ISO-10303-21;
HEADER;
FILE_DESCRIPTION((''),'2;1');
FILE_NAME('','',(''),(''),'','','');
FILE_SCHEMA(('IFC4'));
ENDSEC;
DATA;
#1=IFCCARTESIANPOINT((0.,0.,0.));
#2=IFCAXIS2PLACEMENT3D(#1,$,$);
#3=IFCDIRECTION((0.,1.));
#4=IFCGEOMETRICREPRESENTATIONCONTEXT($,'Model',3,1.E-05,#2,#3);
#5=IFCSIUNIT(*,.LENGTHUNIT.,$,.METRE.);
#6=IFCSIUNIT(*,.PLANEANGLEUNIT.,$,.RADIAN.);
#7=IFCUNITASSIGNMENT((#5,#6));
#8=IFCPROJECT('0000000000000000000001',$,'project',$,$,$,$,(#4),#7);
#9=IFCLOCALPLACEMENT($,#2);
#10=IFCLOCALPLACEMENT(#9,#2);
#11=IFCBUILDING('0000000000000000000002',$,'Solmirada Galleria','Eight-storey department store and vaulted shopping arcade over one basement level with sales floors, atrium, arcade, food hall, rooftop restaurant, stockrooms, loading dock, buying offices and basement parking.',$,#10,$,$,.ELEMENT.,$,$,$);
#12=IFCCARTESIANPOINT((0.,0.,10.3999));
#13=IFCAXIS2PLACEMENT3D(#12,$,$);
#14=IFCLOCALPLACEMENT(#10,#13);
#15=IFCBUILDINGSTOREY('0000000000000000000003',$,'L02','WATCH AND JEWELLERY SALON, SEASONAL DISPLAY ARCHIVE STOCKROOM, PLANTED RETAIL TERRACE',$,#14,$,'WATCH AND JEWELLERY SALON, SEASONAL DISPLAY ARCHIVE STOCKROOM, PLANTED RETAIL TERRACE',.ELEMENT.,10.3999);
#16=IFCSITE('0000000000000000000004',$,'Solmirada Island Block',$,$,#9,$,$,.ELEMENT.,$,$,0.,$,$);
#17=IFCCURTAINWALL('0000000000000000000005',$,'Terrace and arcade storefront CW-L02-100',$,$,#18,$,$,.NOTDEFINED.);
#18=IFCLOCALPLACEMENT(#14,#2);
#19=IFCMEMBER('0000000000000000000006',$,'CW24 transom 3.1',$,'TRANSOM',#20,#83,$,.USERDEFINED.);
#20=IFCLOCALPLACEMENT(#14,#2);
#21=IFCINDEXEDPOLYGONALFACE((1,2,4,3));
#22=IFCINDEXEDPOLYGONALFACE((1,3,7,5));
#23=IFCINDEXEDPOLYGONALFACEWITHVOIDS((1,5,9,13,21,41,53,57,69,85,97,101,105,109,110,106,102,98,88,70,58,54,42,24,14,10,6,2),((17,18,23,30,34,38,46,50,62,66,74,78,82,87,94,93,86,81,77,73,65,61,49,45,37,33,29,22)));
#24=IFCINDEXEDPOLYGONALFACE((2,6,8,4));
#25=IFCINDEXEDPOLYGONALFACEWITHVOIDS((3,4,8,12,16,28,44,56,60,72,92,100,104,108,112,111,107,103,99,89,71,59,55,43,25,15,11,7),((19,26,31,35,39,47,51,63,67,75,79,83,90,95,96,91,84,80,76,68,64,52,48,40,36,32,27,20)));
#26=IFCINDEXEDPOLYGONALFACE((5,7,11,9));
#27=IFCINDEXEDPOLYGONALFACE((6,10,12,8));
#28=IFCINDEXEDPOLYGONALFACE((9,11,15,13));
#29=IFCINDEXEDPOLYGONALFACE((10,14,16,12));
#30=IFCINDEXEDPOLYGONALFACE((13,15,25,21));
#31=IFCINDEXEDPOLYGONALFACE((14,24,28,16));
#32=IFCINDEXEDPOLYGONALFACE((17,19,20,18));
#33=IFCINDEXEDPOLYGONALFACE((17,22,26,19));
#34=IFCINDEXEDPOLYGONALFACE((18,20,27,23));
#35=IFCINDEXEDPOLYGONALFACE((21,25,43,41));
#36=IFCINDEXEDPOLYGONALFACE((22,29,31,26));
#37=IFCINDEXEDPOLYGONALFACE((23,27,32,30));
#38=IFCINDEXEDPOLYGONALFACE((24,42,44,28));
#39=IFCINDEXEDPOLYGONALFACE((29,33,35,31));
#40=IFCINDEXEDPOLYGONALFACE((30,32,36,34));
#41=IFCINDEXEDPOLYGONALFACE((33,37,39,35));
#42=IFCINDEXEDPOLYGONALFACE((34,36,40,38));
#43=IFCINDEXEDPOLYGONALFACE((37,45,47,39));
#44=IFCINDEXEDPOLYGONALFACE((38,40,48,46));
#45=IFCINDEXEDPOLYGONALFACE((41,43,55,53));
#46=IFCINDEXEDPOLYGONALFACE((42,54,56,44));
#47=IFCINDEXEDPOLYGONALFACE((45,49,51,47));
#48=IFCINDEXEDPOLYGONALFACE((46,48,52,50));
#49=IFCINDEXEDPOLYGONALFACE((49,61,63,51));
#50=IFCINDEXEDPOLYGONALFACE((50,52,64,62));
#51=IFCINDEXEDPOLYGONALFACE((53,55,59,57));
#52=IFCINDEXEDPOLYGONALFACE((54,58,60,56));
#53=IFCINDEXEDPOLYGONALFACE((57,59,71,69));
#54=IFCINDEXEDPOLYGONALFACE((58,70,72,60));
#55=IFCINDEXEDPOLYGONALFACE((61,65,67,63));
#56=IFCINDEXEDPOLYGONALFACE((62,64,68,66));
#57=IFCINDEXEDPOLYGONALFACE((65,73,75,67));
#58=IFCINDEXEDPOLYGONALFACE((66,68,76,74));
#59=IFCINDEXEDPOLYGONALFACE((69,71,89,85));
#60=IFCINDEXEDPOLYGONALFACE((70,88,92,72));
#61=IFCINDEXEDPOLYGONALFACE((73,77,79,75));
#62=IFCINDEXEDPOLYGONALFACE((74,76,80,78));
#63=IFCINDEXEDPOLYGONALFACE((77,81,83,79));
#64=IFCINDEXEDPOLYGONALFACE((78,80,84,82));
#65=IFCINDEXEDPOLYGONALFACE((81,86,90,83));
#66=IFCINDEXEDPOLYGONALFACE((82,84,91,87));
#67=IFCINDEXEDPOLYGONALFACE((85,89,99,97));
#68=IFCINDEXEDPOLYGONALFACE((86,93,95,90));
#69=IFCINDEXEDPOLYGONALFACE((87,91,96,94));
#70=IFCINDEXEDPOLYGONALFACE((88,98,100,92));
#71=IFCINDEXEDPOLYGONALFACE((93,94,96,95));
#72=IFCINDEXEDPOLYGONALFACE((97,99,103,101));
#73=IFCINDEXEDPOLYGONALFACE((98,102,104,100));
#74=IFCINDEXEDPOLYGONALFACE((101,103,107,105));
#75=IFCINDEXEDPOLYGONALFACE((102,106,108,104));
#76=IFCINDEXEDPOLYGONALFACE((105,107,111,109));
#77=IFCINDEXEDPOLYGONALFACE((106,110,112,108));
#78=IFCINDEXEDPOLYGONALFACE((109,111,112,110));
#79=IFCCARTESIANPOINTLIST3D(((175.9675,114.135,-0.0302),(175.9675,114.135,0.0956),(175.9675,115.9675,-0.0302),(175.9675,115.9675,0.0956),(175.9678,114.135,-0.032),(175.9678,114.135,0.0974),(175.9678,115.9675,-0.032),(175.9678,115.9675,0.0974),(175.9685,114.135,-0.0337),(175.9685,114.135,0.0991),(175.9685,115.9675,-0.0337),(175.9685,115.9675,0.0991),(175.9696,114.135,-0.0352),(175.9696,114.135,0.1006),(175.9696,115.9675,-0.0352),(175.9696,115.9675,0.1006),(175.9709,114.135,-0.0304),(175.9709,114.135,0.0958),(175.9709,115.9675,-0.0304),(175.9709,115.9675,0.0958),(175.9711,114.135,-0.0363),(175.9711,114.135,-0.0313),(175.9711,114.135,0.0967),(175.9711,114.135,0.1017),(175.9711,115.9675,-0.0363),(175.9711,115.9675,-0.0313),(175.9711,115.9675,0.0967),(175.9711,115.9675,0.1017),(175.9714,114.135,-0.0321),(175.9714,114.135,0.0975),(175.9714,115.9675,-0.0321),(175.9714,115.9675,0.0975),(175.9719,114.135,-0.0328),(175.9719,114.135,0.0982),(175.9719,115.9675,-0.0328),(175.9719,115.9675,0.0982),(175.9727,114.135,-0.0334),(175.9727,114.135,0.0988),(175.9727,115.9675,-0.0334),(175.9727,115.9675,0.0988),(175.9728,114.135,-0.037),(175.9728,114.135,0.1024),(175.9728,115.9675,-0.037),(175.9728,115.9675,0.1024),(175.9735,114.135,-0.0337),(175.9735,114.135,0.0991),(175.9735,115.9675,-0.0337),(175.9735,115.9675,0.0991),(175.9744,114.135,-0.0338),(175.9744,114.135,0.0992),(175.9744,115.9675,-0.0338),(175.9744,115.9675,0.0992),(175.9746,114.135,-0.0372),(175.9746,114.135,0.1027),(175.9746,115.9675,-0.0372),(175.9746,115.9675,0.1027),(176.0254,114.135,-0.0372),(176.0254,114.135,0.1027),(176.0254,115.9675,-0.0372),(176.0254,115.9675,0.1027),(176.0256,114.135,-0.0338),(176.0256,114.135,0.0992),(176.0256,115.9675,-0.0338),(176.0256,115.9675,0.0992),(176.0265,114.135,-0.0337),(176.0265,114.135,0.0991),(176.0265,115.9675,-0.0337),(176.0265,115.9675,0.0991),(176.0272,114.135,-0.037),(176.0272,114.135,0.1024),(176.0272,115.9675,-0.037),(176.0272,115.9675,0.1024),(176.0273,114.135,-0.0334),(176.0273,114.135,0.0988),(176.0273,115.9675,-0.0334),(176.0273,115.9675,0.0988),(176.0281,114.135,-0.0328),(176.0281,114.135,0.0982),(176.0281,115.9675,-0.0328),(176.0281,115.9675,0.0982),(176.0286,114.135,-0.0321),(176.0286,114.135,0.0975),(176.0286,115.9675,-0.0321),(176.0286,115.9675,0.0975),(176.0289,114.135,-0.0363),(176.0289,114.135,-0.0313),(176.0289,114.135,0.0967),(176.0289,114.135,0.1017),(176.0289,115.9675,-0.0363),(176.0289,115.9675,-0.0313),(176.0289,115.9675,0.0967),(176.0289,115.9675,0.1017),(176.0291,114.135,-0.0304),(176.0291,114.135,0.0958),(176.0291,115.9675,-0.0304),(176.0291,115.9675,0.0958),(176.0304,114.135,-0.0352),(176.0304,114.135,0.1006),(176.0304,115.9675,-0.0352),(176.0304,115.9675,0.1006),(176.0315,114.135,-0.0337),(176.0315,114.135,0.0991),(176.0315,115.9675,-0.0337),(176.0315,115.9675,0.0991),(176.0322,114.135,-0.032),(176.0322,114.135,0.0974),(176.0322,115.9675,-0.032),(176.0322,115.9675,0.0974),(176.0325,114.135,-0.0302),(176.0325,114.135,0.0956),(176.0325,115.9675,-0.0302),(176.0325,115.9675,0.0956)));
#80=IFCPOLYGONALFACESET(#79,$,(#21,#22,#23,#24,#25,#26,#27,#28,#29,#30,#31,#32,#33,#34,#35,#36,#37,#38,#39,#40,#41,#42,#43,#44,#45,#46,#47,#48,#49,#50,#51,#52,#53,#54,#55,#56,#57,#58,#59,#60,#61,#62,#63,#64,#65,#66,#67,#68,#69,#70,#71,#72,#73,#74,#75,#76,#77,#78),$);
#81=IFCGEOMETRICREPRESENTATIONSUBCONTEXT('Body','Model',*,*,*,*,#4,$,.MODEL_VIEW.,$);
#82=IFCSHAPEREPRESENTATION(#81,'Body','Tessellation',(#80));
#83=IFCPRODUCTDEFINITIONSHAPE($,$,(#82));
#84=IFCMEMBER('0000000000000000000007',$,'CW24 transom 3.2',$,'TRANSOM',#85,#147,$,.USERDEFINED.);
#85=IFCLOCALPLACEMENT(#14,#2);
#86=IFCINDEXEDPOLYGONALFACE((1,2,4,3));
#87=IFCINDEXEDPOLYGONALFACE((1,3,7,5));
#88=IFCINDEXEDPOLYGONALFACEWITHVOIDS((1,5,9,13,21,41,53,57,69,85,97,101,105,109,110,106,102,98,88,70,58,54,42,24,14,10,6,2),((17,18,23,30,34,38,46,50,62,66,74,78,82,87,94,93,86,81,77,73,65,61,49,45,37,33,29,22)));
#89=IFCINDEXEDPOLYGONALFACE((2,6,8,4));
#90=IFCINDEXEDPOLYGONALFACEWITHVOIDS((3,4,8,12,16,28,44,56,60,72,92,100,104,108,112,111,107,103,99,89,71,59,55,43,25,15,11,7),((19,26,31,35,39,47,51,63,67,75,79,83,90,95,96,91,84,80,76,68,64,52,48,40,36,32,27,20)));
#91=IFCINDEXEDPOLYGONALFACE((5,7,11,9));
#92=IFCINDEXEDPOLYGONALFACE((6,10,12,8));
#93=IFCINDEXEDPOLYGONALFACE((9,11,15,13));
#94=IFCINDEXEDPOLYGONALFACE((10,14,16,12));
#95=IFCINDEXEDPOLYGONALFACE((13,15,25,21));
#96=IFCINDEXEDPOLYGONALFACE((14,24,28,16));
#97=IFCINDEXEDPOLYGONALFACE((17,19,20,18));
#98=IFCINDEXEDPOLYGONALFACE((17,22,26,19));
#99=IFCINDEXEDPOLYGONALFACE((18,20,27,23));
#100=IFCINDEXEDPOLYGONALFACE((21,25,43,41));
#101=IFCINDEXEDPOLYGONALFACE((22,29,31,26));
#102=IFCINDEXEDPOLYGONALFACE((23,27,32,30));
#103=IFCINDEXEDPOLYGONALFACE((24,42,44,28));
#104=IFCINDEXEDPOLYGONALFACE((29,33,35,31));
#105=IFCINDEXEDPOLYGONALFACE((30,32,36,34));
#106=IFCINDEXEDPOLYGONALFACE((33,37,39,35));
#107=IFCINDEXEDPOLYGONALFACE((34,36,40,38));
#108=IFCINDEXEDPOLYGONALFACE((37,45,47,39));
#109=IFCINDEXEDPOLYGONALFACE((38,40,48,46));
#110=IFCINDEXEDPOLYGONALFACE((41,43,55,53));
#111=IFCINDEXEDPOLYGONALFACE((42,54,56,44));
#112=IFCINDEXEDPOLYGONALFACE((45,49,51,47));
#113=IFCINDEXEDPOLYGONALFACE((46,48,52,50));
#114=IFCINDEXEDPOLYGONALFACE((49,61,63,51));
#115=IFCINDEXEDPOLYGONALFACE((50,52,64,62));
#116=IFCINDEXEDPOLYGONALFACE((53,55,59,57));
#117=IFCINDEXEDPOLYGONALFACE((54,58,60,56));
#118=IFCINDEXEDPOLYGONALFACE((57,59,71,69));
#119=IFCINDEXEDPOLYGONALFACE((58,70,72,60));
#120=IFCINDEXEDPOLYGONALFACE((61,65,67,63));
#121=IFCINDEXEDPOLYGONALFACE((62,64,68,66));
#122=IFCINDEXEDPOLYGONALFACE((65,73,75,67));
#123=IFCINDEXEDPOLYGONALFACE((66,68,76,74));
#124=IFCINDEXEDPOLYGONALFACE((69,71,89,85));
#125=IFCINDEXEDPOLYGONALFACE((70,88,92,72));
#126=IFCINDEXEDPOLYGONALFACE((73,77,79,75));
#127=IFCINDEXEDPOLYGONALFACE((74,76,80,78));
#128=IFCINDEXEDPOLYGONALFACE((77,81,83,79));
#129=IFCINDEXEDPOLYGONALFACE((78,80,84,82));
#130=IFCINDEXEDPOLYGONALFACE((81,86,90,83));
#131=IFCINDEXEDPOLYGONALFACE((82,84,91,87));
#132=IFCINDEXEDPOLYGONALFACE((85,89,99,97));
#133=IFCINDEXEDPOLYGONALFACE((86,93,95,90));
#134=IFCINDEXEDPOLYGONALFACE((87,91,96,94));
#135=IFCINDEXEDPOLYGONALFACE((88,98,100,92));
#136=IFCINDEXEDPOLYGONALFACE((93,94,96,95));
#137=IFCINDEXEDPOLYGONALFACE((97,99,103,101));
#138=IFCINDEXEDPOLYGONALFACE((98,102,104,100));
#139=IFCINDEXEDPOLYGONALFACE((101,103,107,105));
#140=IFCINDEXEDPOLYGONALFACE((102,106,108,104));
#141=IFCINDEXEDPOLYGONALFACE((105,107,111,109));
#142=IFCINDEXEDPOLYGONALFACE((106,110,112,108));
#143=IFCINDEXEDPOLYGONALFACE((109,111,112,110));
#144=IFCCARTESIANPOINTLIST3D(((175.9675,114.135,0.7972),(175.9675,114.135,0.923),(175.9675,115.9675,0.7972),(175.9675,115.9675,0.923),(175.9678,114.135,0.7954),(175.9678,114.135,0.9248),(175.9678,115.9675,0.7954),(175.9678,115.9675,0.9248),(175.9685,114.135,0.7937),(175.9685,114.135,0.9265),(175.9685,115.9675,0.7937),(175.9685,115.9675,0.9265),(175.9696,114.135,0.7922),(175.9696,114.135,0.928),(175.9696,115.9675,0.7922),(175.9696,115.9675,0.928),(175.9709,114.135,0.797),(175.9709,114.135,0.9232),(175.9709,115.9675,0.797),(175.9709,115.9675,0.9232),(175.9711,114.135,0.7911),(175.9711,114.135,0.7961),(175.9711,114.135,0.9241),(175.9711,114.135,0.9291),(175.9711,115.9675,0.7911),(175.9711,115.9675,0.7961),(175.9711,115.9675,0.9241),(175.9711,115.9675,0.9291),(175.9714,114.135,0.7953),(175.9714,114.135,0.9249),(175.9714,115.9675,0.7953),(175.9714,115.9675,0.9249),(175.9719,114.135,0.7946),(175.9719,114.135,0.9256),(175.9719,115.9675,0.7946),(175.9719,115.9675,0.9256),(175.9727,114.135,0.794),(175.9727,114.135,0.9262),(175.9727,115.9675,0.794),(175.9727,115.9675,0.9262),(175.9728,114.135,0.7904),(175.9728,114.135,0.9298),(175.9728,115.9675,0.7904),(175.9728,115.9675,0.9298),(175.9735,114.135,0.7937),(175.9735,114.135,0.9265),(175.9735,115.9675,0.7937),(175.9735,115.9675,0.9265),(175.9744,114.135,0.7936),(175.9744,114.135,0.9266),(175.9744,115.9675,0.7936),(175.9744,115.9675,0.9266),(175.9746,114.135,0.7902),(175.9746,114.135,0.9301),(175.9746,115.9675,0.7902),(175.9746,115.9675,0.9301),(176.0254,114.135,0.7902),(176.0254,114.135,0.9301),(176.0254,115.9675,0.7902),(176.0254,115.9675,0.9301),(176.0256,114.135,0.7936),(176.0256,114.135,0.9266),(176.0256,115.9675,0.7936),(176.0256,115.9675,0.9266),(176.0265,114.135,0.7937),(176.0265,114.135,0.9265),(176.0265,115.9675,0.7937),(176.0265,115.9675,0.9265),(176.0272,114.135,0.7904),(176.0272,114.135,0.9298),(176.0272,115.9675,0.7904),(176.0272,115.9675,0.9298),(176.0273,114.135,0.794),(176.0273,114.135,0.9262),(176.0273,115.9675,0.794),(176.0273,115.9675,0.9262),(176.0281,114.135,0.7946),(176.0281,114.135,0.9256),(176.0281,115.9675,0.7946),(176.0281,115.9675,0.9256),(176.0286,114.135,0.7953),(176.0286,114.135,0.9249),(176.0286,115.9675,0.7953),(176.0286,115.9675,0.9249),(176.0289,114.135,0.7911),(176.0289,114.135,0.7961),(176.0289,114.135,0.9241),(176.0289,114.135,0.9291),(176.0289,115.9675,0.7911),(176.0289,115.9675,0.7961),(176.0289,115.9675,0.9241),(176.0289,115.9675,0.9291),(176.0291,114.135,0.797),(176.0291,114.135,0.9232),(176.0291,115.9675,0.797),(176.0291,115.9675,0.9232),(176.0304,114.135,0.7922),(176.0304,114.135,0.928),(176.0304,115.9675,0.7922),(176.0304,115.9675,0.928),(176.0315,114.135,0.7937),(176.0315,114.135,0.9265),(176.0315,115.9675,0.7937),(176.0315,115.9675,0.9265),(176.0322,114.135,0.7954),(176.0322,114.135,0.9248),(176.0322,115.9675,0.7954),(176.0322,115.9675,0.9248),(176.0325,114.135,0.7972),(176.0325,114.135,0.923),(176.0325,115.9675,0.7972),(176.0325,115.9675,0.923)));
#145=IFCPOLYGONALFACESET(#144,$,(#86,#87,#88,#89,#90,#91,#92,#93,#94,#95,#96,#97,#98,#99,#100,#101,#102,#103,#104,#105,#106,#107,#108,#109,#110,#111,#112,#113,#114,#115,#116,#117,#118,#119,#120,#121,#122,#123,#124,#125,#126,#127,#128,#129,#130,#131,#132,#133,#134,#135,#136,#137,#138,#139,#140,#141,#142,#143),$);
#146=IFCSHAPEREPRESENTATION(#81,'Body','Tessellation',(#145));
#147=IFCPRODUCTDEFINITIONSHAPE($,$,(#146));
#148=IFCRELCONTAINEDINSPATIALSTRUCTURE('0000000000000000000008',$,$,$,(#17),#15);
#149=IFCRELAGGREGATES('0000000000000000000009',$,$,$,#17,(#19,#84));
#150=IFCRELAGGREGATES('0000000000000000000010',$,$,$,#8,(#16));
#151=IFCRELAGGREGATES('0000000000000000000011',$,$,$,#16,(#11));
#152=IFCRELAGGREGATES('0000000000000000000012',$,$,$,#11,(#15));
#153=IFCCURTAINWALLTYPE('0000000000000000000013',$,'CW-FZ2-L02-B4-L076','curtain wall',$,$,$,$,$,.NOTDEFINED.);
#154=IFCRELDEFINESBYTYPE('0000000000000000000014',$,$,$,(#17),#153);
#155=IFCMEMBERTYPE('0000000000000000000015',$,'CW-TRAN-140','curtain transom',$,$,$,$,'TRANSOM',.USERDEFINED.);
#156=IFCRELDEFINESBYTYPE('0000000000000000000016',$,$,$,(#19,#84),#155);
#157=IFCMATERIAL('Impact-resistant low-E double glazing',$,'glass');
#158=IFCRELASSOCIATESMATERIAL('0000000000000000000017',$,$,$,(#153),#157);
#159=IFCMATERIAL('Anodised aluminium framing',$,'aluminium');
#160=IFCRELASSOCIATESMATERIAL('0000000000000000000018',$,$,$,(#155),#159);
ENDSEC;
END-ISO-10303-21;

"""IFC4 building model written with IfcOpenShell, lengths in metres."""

from ifc_helpers import new_model, si_unit, direction, frame, origin, origin_2d, place, context, subcontext, project, spatial, hollow_rectangle, extrude, material, material_profile, profile_set, type_object, element, aggregate, save


model = new_model("IFC4")

# Units and contexts
model_context = context("Model", 3, precision=1e-05, world=origin(), true_north=direction((0.0, 1.0)))
body_context = subcontext(model_context, "Body", "Model", "MODEL_VIEW")
ifc_project = project(units=[si_unit("LENGTHUNIT", "METRE"), si_unit("PLANEANGLEUNIT", "RADIAN")], contexts=[model_context])

# Site, building, storey
site_placement = place(None, origin())
site = spatial("IfcSite", under=ifc_project, at=site_placement, Name="Solmirada Island Block", CompositionType="ELEMENT", RefElevation=0.0)
building_placement = place(site_placement, origin())
building = spatial("IfcBuilding", under=site, at=building_placement, Name="Solmirada Galleria", Description="Eight-storey department store and vaulted shopping arcade over one basement level with sales floors, atrium, arcade, food hall, rooftop restaurant, stockrooms, loading dock, buying offices and basement parking.", CompositionType="ELEMENT")
storey_placement = place(building_placement, frame((0.0, 0.0, 10.3999)))
storey = spatial("IfcBuildingStorey", under=building, at=storey_placement, Name="L02", Description="WATCH AND JEWELLERY SALON, SEASONAL DISPLAY ARCHIVE STOCKROOM, PLANTED RETAIL TERRACE", LongName="WATCH AND JEWELLERY SALON, SEASONAL DISPLAY ARCHIVE STOCKROOM, PLANTED RETAIL TERRACE", CompositionType="ELEMENT", Elevation=10.3999)

# Curtain wall, members
ifc_material_1 = material(Name="Impact-resistant low-E double glazing", Category="glass")
curtain_wall_type = type_object("IfcCurtainWallType", Name="CW-FZ2-L02-B4-L076", Description="curtain wall", PredefinedType="NOTDEFINED", material=ifc_material_1)
curtain_wall_placement = place(storey_placement, origin())
curtain_wall = element("IfcCurtainWall", 1, at=curtain_wall_placement, inside=storey, type_object=curtain_wall_type, Name="Terrace and arcade storefront CW-L02-100", PredefinedType="NOTDEFINED")
ifc_material_2 = material(Name="Anodised aluminium framing", Category="aluminium")
ifc_material_profile_1 = material_profile(ifc_material_2, hollow_rectangle(XDim=0.0649, YDim=0.1399, WallThickness=0.0034, InnerFilletRadius=0.0034, OuterFilletRadius=0.0071, at=origin_2d()), Name="ALU-TRAN-140X65")
ifc_profile_set_1 = profile_set([ifc_material_profile_1], Name="Anodised aluminium framing")
member_type_1 = type_object("IfcMemberType", Name="CW-TRAN-140", Description="curtain transom", ElementType="TRANSOM", PredefinedType="USERDEFINED", material=ifc_profile_set_1)
member_1_placement = place(storey_placement, frame((176.0, 115.9675, 0.0327), z_axis=(0.0, -1.0, 0.0), x_axis=(1.0, 0.0, 0.0)))
member_1 = element("IfcMember", 2, at=member_1_placement, type_object=member_type_1, Name="CW24 transom 3.1", ObjectType="TRANSOM", PredefinedType="USERDEFINED", context=body_context, shape_type="SweptSolid", body=[
    extrude(hollow_rectangle(XDim=0.0649, YDim=0.1399, WallThickness=0.0034, InnerFilletRadius=0.0034, OuterFilletRadius=0.0071, at=origin_2d()), origin(), (0.0, 0.0, 1.0), 1.8325),
])
member_2_placement = place(storey_placement, frame((176.0, 115.9675, 0.8601), z_axis=(0.0, -1.0, 0.0), x_axis=(1.0, 0.0, 0.0)))
member_2 = element("IfcMember", 3, at=member_2_placement, type_object=member_type_1, Name="CW24 transom 3.2", ObjectType="TRANSOM", PredefinedType="USERDEFINED", context=body_context, shape_type="SweptSolid", body=[
    extrude(hollow_rectangle(XDim=0.0649, YDim=0.1399, WallThickness=0.0034, InnerFilletRadius=0.0034, OuterFilletRadius=0.0071, at=origin_2d()), origin(), (0.0, 0.0, 1.0), 1.8325),
])
aggregate(curtain_wall, [member_1, member_2])

save(model, "model.ifc")
